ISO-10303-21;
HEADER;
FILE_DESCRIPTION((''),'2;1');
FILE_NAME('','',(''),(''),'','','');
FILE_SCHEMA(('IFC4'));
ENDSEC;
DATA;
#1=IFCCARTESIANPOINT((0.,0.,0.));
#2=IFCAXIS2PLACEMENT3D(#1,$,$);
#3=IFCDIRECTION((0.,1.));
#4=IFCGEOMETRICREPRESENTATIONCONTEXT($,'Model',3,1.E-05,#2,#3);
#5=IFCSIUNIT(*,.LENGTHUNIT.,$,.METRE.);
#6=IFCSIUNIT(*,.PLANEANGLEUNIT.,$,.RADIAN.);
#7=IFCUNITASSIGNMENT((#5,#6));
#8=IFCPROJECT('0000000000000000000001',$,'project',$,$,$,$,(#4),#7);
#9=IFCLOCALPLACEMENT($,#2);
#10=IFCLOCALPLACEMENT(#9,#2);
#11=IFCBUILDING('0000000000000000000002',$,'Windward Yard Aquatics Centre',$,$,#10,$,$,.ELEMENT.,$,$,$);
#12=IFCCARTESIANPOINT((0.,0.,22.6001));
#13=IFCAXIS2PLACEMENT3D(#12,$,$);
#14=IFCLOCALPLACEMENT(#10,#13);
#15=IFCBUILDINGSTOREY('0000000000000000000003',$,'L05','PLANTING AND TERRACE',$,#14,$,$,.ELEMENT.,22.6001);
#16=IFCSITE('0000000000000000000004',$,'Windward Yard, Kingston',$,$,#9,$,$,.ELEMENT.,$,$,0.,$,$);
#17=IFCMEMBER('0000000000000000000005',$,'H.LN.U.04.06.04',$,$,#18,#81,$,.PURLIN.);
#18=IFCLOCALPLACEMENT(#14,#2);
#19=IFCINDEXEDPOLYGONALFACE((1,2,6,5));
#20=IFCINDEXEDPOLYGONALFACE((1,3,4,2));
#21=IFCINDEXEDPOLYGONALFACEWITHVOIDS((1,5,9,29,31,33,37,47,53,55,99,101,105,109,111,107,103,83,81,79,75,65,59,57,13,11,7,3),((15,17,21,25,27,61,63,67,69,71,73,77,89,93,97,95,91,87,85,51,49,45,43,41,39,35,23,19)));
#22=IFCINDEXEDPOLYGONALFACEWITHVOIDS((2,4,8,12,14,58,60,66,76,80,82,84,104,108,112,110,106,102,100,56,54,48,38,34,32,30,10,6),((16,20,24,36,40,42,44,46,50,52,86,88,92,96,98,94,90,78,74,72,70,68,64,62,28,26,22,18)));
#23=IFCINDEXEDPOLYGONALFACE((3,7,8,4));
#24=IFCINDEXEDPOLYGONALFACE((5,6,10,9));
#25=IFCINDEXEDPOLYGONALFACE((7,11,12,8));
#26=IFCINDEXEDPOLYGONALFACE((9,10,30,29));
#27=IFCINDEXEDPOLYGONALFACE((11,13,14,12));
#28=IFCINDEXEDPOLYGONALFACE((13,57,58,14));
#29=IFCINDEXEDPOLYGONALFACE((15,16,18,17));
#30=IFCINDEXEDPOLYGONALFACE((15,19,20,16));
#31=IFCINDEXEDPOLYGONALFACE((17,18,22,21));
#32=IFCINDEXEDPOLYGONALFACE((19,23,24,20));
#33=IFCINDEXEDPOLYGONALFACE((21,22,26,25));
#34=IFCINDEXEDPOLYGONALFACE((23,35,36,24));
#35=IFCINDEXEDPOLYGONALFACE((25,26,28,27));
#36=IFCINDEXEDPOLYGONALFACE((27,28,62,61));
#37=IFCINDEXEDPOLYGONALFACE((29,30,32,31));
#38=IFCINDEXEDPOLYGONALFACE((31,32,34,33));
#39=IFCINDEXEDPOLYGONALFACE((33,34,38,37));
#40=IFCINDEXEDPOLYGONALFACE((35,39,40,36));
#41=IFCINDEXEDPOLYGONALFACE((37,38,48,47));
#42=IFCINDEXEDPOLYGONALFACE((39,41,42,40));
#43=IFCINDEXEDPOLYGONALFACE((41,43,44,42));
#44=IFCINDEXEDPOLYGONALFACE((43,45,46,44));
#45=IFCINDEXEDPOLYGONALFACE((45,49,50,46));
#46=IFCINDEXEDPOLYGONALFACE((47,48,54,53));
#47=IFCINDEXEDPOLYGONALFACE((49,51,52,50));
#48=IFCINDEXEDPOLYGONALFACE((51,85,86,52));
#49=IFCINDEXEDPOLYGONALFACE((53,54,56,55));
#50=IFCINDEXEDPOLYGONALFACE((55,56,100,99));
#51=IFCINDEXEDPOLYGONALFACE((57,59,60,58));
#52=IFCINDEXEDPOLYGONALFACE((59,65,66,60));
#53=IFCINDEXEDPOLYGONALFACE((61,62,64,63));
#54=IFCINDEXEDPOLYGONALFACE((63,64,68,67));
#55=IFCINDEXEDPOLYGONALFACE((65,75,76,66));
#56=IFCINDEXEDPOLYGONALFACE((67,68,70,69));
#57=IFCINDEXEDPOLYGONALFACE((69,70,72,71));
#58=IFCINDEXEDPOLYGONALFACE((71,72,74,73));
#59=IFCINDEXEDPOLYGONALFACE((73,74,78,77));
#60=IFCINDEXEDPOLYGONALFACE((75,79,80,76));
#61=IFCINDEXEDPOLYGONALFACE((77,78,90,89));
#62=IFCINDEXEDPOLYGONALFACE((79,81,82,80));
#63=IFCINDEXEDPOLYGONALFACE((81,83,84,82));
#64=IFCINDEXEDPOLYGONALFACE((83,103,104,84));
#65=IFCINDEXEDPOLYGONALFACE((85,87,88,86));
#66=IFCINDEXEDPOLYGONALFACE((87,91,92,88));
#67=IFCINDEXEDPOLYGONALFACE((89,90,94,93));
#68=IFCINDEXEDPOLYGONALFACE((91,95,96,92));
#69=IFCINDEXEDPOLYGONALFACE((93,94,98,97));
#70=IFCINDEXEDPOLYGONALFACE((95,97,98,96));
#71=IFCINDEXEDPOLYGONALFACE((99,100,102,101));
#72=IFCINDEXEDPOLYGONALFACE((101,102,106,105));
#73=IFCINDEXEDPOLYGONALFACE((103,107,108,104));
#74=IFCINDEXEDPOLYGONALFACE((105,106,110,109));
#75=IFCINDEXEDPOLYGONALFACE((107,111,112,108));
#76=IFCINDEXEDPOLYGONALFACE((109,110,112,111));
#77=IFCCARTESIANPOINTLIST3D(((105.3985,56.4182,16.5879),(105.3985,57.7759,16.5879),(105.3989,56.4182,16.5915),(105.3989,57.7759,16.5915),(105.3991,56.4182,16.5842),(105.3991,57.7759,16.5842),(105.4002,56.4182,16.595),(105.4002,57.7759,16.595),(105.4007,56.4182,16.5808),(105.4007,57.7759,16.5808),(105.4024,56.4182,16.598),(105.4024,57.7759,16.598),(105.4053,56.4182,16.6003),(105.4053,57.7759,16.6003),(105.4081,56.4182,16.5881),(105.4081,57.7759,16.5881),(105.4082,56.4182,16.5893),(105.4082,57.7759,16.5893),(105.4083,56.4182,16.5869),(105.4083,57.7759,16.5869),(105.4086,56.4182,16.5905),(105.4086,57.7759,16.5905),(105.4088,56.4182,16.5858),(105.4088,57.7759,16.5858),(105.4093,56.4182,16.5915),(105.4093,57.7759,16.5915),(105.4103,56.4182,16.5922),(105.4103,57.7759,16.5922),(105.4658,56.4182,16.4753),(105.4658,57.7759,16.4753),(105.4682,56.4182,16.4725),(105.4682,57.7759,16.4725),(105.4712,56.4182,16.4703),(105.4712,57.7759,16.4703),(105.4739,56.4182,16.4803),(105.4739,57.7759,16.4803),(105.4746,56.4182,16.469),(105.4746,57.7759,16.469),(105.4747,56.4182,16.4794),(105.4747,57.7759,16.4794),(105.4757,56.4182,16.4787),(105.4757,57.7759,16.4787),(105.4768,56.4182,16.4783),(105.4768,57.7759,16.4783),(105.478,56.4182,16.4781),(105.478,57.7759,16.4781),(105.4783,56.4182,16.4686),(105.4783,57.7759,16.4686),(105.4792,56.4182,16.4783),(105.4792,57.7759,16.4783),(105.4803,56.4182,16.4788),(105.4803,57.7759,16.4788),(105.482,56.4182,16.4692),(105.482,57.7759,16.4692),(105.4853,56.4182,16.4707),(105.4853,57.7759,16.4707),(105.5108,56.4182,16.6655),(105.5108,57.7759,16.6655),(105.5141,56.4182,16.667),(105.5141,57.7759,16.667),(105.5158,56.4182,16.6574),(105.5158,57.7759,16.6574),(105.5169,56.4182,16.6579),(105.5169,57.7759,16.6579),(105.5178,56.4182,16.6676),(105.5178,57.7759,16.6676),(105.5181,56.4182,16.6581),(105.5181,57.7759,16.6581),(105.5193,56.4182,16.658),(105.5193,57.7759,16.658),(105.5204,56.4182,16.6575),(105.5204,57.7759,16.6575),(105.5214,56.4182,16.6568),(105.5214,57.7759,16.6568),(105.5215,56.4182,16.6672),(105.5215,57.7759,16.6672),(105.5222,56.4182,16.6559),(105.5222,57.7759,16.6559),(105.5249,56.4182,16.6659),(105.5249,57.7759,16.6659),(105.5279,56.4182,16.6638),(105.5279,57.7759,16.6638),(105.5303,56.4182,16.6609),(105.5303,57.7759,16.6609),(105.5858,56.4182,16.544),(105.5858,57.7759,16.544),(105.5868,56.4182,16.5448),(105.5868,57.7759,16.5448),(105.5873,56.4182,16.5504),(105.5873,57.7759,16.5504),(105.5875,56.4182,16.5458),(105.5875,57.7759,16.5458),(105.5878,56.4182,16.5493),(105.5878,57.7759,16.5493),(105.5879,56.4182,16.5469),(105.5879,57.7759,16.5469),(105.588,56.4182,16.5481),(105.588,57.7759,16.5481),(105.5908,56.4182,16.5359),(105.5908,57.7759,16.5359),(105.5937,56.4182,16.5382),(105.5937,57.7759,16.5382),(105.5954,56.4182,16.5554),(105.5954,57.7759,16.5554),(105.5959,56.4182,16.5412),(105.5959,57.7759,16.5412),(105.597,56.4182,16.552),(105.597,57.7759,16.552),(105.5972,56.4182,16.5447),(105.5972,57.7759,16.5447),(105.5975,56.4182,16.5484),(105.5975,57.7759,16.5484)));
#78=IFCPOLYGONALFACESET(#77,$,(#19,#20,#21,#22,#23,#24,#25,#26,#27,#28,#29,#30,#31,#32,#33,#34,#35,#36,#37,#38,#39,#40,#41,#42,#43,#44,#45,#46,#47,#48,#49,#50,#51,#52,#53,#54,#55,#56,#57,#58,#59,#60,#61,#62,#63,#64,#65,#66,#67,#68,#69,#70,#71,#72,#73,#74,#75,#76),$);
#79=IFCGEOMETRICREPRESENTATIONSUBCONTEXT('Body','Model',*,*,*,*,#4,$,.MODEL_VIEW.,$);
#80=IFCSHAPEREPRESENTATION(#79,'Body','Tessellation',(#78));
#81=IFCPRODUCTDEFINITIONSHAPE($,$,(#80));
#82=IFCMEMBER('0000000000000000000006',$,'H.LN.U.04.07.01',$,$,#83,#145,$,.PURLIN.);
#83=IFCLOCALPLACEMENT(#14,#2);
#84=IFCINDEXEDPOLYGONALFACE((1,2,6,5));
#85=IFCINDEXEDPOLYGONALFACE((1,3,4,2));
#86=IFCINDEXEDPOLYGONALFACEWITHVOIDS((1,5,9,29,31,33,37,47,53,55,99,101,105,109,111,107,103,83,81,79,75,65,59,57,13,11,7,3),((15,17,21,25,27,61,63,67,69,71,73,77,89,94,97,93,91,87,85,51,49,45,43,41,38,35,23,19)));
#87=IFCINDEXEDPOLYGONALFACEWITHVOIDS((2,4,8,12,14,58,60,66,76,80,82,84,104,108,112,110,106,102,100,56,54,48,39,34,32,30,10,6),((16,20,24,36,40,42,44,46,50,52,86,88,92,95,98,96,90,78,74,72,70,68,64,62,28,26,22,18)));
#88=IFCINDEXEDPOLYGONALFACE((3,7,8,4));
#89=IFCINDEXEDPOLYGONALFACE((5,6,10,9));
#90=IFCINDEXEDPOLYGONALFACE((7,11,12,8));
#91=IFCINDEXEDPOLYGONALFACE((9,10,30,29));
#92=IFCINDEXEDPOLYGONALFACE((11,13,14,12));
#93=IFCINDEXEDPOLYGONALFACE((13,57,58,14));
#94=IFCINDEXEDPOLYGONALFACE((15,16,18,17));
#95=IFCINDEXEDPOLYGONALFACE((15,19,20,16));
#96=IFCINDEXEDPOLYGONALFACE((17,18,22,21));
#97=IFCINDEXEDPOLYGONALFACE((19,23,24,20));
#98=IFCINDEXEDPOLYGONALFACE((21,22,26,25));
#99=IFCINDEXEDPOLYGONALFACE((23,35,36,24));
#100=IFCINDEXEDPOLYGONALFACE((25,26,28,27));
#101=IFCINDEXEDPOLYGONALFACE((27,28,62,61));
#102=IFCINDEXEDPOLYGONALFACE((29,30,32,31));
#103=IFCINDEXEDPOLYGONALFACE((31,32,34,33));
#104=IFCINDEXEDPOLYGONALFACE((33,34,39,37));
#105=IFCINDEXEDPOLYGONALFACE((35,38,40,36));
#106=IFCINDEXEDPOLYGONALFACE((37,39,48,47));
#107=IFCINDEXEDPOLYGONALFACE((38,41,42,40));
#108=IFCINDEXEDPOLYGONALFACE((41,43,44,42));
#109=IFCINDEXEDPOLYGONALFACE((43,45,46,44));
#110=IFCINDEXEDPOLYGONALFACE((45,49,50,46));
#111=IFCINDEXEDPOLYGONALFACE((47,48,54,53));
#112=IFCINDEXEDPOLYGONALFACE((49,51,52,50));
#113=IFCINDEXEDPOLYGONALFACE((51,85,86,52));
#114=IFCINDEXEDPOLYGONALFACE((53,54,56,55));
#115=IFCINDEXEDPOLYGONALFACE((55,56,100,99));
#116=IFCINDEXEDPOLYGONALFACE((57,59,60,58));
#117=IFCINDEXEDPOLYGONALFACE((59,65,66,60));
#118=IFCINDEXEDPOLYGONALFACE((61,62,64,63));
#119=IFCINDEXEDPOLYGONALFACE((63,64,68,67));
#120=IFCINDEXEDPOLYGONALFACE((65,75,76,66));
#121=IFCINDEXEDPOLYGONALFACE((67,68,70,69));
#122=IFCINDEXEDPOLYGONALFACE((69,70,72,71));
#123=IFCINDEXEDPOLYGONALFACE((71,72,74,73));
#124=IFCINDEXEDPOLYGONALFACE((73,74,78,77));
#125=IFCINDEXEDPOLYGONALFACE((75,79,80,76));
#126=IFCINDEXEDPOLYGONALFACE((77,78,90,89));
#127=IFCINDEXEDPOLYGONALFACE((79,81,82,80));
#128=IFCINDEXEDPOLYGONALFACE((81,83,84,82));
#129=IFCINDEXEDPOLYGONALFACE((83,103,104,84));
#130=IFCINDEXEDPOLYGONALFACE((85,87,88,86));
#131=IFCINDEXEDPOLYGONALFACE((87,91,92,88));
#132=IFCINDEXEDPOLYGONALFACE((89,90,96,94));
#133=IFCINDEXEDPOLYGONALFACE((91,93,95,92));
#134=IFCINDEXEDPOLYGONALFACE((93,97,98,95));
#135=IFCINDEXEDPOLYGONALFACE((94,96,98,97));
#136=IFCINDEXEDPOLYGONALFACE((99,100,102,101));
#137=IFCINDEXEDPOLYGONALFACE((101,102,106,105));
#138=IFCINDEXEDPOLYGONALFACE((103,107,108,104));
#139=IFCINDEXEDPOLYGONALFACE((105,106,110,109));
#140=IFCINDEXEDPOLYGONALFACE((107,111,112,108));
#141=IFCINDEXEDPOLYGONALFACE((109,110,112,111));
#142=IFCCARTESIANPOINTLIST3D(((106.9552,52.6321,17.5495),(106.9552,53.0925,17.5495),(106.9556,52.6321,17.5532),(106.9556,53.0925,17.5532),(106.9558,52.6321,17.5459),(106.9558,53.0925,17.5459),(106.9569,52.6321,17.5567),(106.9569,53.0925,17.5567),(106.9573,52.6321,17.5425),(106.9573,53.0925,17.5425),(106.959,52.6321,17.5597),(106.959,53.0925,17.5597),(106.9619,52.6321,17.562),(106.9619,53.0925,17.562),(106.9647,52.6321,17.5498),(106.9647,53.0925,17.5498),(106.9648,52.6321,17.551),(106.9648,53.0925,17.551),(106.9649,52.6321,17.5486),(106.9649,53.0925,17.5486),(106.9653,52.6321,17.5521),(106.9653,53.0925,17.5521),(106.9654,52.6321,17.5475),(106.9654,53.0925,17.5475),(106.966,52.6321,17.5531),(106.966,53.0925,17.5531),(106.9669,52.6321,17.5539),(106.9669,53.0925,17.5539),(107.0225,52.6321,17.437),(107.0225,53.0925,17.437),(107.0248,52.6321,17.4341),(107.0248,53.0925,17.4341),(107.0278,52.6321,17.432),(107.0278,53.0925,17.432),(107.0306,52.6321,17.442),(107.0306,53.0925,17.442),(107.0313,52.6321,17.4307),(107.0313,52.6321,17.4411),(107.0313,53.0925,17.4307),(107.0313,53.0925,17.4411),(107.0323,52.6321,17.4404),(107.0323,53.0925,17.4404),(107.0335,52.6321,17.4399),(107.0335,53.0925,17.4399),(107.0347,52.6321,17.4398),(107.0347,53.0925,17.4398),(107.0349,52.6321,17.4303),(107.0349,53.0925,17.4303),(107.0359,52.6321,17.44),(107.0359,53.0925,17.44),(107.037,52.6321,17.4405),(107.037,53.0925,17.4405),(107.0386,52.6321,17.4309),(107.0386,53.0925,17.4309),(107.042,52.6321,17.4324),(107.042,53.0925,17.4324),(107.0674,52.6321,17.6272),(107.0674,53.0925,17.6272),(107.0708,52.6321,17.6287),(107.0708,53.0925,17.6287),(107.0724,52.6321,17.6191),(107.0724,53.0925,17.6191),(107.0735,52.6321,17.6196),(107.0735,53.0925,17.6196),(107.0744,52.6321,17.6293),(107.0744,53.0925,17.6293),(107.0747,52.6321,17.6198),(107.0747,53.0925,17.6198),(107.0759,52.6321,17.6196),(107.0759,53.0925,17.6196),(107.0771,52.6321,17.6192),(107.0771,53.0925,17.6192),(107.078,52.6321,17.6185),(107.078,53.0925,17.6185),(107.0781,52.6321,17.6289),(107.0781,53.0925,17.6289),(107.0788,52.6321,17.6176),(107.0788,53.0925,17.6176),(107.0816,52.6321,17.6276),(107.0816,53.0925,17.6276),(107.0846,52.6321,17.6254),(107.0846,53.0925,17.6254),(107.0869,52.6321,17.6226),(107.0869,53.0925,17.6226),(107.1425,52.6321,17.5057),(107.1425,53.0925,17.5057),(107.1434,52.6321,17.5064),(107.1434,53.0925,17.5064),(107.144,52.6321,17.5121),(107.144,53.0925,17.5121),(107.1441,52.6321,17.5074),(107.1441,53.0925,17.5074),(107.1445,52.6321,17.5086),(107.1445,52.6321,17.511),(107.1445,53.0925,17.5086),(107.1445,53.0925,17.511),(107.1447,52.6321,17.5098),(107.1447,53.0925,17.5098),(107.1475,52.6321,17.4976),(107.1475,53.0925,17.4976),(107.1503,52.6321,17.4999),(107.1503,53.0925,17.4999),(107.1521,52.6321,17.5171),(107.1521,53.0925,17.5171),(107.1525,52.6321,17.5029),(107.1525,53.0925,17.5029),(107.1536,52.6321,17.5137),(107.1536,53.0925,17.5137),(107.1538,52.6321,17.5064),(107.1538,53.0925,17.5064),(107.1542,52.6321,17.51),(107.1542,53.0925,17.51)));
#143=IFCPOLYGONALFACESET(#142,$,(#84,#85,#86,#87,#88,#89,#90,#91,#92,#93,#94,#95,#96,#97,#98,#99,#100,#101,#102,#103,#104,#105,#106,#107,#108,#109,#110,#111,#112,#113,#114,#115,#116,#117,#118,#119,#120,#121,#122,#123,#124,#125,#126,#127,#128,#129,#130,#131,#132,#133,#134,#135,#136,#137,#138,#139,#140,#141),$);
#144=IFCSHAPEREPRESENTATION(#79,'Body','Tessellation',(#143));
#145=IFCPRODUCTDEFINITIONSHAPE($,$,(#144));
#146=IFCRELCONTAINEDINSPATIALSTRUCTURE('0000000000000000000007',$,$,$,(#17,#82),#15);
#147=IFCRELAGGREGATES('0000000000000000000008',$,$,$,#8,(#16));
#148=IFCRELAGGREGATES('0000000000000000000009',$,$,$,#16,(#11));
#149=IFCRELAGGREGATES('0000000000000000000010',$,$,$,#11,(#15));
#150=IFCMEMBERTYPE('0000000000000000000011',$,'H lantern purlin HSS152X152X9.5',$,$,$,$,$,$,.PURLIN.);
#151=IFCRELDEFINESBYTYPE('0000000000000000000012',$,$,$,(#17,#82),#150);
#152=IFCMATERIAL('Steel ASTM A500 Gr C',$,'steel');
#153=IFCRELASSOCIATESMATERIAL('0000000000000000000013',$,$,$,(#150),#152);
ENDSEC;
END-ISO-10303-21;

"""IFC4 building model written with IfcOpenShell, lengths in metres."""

from ifc_helpers import new_model, si_unit, direction, frame, origin, origin_2d, place, context, subcontext, project, spatial, hollow_rectangle, extrude, material, material_profile, profile_set, type_object, element, save


model = new_model("IFC4")

# Units and contexts
model_context = context("Model", 3, precision=1e-05, world=origin(), true_north=direction((0.0, 1.0)))
body_context = subcontext(model_context, "Body", "Model", "MODEL_VIEW")
ifc_project = project(units=[si_unit("LENGTHUNIT", "METRE"), si_unit("PLANEANGLEUNIT", "RADIAN")], contexts=[model_context])

# Site, building, storey
site_placement = place(None, origin())
site = spatial("IfcSite", under=ifc_project, at=site_placement, Name="Windward Yard, Kingston", CompositionType="ELEMENT", RefElevation=0.0)
building_placement = place(site_placement, origin())
building = spatial("IfcBuilding", under=site, at=building_placement, Name="Windward Yard Aquatics Centre", CompositionType="ELEMENT")
storey_placement = place(building_placement, frame((0.0, 0.0, 22.6001)))
storey = spatial("IfcBuildingStorey", under=building, at=storey_placement, Name="L05", Description="PLANTING AND TERRACE", CompositionType="ELEMENT", Elevation=22.6001)

# Members
ifc_material_1 = material(Name="Steel ASTM A500 Gr C", Category="steel")
ifc_material_profile = material_profile(ifc_material_1, hollow_rectangle(XDim=0.1523, YDim=0.1523, WallThickness=0.0095, InnerFilletRadius=0.0046, OuterFilletRadius=0.0142, at=origin_2d()), Name="HSS152X152X9.5")
ifc_profile_set = profile_set([ifc_material_profile], Name="Steel ASTM A500 Gr C")
member_type = type_object("IfcMemberType", Name="H lantern purlin HSS152X152X9.5", PredefinedType="PURLIN", material=ifc_profile_set)
member_1_placement = place(storey_placement, frame((105.498, 56.4182, 16.5681), z_axis=(0.0, 1.0, 0.0), x_axis=(-0.850755, 0.0, -0.525562)))
element("IfcMember", 1, at=member_1_placement, inside=storey, type_object=member_type, Name="H.LN.U.04.06.04", PredefinedType="PURLIN", context=body_context, shape_type="SweptSolid", body=[
    extrude(hollow_rectangle(XDim=0.1523, YDim=0.1523, WallThickness=0.0095, InnerFilletRadius=0.0046, OuterFilletRadius=0.0142, at=origin_2d()), origin(), (0.0, 0.0, 1.0), 1.3577),
])
member_2_placement = place(storey_placement, frame((107.0547, 52.6321, 17.5298), z_axis=(0.0, 1.0, 0.0), x_axis=(-0.850755, 0.0, -0.525562)))
element("IfcMember", 2, at=member_2_placement, inside=storey, type_object=member_type, Name="H.LN.U.04.07.01", PredefinedType="PURLIN", context=body_context, shape_type="SweptSolid", body=[
    extrude(hollow_rectangle(XDim=0.1523, YDim=0.1523, WallThickness=0.0095, InnerFilletRadius=0.0046, OuterFilletRadius=0.0142, at=origin_2d()), origin(), (0.0, 0.0, 1.0), 0.4604),
])

save(model, "model.ifc")
